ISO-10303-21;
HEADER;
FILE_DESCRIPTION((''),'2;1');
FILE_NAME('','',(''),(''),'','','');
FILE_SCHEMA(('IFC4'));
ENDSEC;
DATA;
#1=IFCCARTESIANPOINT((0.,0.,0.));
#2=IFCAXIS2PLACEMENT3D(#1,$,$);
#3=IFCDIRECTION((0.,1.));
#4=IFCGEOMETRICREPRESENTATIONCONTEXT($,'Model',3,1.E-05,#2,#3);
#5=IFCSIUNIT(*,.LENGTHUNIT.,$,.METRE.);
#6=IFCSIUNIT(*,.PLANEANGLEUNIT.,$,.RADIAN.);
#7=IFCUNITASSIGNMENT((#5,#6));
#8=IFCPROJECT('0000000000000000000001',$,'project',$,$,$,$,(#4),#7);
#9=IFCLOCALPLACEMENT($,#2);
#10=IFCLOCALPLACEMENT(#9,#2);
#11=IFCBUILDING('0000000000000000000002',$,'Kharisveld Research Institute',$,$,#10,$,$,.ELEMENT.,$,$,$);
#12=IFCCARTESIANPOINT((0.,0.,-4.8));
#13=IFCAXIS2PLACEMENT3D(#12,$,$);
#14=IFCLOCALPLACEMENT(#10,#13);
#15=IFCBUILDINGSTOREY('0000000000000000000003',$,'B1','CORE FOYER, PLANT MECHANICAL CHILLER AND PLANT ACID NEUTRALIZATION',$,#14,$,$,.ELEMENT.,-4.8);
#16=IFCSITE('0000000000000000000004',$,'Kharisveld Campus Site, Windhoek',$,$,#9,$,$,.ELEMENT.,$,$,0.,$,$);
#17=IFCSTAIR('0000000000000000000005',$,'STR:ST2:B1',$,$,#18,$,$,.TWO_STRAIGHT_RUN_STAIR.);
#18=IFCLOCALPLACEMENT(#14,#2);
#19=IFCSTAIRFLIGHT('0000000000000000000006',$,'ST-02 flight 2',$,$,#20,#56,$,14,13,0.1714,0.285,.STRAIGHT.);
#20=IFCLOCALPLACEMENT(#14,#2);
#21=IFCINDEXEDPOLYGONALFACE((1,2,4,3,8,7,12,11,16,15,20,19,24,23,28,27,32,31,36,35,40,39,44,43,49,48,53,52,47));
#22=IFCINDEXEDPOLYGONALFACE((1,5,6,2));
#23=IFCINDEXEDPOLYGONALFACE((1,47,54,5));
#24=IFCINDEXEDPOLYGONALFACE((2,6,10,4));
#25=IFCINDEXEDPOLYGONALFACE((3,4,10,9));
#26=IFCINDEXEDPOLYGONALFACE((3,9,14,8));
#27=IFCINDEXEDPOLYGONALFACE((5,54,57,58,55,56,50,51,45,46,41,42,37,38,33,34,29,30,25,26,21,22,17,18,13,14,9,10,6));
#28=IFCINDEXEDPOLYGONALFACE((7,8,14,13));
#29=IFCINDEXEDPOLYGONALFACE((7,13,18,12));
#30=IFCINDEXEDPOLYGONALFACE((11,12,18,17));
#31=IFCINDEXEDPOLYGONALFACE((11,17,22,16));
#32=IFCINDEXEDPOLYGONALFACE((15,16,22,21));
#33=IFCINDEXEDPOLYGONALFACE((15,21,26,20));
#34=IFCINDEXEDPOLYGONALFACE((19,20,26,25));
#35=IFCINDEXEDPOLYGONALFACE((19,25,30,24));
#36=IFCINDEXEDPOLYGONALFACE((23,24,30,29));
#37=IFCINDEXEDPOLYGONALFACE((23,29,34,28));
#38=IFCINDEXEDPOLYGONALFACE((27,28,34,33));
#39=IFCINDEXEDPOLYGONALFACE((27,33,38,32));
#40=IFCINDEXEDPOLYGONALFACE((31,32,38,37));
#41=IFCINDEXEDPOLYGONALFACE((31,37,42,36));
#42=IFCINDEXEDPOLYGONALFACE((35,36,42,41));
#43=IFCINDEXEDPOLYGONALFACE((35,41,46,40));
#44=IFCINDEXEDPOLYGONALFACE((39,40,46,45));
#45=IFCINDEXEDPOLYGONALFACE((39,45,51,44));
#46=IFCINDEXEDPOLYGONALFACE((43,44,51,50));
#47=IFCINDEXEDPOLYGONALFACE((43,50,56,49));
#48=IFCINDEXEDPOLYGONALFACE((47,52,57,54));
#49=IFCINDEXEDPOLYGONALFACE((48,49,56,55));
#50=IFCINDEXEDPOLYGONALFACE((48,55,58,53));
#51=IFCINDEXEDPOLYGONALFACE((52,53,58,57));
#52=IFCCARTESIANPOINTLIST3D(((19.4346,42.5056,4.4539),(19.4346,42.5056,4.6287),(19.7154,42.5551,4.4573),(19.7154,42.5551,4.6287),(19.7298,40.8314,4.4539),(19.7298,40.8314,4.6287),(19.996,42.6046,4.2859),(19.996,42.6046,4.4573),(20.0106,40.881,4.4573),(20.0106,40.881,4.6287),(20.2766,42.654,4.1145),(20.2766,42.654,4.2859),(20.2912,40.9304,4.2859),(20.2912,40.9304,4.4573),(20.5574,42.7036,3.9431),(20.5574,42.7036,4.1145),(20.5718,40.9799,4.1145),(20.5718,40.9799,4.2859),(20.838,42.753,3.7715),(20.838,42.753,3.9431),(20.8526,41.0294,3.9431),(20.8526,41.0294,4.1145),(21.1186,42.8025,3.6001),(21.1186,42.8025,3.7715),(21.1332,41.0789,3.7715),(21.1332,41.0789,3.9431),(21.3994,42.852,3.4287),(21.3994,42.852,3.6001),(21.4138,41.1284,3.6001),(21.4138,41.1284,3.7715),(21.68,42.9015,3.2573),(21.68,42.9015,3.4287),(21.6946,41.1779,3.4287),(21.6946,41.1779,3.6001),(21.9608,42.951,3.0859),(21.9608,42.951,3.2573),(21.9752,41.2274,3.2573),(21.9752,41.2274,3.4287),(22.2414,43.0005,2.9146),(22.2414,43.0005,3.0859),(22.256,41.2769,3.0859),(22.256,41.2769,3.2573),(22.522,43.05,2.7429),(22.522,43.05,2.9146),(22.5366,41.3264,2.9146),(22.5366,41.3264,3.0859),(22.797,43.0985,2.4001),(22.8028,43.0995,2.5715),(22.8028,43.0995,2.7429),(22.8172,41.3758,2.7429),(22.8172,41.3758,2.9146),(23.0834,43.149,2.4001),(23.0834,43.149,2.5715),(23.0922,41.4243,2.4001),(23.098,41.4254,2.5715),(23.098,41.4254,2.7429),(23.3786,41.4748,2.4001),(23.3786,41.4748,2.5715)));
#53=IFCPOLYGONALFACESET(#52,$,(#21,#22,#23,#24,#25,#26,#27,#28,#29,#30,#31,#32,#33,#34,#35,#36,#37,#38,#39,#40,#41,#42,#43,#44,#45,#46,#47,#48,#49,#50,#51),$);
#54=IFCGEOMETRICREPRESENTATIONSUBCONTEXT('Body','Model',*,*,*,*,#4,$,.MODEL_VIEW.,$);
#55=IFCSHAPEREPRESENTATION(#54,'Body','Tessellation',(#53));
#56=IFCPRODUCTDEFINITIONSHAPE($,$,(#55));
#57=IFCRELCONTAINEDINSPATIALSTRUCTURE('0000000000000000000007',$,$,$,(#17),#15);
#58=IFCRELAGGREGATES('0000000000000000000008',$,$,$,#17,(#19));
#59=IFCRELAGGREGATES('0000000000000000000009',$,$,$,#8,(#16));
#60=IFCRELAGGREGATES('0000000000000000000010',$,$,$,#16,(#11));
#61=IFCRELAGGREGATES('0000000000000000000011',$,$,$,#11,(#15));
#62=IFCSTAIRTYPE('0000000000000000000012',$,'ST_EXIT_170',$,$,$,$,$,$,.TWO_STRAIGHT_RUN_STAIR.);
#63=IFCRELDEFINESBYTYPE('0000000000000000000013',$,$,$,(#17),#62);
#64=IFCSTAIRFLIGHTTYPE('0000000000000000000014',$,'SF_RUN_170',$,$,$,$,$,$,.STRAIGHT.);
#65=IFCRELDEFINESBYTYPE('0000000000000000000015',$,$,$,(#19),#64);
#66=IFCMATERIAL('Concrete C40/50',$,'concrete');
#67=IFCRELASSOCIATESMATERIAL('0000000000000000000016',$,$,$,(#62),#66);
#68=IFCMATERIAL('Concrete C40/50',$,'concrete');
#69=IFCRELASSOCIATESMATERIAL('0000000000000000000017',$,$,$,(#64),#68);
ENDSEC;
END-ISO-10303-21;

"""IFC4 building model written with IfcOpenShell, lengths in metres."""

from ifc_helpers import new_model, si_unit, direction, frame, origin, place, context, subcontext, project, spatial, polyline, outline, extrude, material, type_object, element, aggregate, save


model = new_model("IFC4")

# Units and contexts
model_context = context("Model", 3, precision=1e-05, world=origin(), true_north=direction((0.0, 1.0)))
body_context = subcontext(model_context, "Body", "Model", "MODEL_VIEW")
ifc_project = project(units=[si_unit("LENGTHUNIT", "METRE"), si_unit("PLANEANGLEUNIT", "RADIAN")], contexts=[model_context])

# Site, building, storey
site_placement = place(None, origin())
site = spatial("IfcSite", under=ifc_project, at=site_placement, Name="Kharisveld Campus Site, Windhoek", CompositionType="ELEMENT", RefElevation=0.0)
building_placement = place(site_placement, origin())
building = spatial("IfcBuilding", under=site, at=building_placement, Name="Kharisveld Research Institute", CompositionType="ELEMENT")
storey_placement = place(building_placement, frame((0.0, 0.0, -4.8)))
storey = spatial("IfcBuildingStorey", under=building, at=storey_placement, Name="B1", Description="CORE FOYER, PLANT MECHANICAL CHILLER AND PLANT ACID NEUTRALIZATION", CompositionType="ELEMENT", Elevation=-4.8)

# Stair, stair flight
ifc_material_1 = material(Name="Concrete C40/50", Category="concrete")
stair_type = type_object("IfcStairType", Name="ST_EXIT_170", PredefinedType="TWO_STRAIGHT_RUN_STAIR", material=ifc_material_1)
stair_placement = place(storey_placement, origin())
stair = element("IfcStair", 1, at=stair_placement, inside=storey, type_object=stair_type, Name="STR:ST2:B1", PredefinedType="TWO_STRAIGHT_RUN_STAIR")
ifc_material_2 = material(Name="Concrete C40/50", Category="concrete")
stair_flight_type = type_object("IfcStairFlightType", Name="SF_RUN_170", PredefinedType="STRAIGHT", material=ifc_material_2)
stair_flight_placement = place(storey_placement, frame((23.231, 42.312, 2.4001), z_axis=(0.0, 0.0, 1.0), x_axis=(-0.984808, -0.173648, 0.0)))
stair_flight = element("IfcStairFlight", 2, at=stair_flight_placement, type_object=stair_flight_type, Name="ST-02 flight 2", NumberOfRisers=14, NumberOfTreads=13, PredefinedType="STRAIGHT", RiserHeight=0.1714, TreadLength=0.285, context=body_context, shape_type="SweptSolid", body=[
    extrude(outline(polyline([(0.0, 0.0), (0.0, 0.1714), (0.2849, 0.1714), (0.2849, 0.3428), (0.5701, 0.3428), (0.5701, 0.5144), (0.855, 0.5144), (0.855, 0.6858), (1.1399, 0.6858), (1.1399, 0.8572), (1.425, 0.8572), (1.425, 1.0286), (1.71, 1.0286), (1.71, 1.2), (1.9951, 1.2), (1.9951, 1.3713), (2.28, 1.3713), (2.28, 1.543), (2.5649, 1.543), (2.5649, 1.7144), (2.8501, 1.7144), (2.8501, 1.8857), (3.135, 1.8857), (3.135, 2.0571), (3.4199, 2.0571), (3.4199, 2.2285), (3.7051, 2.2285), (3.7051, 2.3999), (3.7051, 2.0537), (0.2908, 0.0), (0.0, 0.0)])), frame((0.0, 0.8501, 0.0), z_axis=(0.0, -1.0, 0.0), x_axis=(1.0, 0.0, 0.0)), (0.0, 0.0, 1.0), 1.7),
])
aggregate(stair, [stair_flight])

save(model, "model.ifc")
